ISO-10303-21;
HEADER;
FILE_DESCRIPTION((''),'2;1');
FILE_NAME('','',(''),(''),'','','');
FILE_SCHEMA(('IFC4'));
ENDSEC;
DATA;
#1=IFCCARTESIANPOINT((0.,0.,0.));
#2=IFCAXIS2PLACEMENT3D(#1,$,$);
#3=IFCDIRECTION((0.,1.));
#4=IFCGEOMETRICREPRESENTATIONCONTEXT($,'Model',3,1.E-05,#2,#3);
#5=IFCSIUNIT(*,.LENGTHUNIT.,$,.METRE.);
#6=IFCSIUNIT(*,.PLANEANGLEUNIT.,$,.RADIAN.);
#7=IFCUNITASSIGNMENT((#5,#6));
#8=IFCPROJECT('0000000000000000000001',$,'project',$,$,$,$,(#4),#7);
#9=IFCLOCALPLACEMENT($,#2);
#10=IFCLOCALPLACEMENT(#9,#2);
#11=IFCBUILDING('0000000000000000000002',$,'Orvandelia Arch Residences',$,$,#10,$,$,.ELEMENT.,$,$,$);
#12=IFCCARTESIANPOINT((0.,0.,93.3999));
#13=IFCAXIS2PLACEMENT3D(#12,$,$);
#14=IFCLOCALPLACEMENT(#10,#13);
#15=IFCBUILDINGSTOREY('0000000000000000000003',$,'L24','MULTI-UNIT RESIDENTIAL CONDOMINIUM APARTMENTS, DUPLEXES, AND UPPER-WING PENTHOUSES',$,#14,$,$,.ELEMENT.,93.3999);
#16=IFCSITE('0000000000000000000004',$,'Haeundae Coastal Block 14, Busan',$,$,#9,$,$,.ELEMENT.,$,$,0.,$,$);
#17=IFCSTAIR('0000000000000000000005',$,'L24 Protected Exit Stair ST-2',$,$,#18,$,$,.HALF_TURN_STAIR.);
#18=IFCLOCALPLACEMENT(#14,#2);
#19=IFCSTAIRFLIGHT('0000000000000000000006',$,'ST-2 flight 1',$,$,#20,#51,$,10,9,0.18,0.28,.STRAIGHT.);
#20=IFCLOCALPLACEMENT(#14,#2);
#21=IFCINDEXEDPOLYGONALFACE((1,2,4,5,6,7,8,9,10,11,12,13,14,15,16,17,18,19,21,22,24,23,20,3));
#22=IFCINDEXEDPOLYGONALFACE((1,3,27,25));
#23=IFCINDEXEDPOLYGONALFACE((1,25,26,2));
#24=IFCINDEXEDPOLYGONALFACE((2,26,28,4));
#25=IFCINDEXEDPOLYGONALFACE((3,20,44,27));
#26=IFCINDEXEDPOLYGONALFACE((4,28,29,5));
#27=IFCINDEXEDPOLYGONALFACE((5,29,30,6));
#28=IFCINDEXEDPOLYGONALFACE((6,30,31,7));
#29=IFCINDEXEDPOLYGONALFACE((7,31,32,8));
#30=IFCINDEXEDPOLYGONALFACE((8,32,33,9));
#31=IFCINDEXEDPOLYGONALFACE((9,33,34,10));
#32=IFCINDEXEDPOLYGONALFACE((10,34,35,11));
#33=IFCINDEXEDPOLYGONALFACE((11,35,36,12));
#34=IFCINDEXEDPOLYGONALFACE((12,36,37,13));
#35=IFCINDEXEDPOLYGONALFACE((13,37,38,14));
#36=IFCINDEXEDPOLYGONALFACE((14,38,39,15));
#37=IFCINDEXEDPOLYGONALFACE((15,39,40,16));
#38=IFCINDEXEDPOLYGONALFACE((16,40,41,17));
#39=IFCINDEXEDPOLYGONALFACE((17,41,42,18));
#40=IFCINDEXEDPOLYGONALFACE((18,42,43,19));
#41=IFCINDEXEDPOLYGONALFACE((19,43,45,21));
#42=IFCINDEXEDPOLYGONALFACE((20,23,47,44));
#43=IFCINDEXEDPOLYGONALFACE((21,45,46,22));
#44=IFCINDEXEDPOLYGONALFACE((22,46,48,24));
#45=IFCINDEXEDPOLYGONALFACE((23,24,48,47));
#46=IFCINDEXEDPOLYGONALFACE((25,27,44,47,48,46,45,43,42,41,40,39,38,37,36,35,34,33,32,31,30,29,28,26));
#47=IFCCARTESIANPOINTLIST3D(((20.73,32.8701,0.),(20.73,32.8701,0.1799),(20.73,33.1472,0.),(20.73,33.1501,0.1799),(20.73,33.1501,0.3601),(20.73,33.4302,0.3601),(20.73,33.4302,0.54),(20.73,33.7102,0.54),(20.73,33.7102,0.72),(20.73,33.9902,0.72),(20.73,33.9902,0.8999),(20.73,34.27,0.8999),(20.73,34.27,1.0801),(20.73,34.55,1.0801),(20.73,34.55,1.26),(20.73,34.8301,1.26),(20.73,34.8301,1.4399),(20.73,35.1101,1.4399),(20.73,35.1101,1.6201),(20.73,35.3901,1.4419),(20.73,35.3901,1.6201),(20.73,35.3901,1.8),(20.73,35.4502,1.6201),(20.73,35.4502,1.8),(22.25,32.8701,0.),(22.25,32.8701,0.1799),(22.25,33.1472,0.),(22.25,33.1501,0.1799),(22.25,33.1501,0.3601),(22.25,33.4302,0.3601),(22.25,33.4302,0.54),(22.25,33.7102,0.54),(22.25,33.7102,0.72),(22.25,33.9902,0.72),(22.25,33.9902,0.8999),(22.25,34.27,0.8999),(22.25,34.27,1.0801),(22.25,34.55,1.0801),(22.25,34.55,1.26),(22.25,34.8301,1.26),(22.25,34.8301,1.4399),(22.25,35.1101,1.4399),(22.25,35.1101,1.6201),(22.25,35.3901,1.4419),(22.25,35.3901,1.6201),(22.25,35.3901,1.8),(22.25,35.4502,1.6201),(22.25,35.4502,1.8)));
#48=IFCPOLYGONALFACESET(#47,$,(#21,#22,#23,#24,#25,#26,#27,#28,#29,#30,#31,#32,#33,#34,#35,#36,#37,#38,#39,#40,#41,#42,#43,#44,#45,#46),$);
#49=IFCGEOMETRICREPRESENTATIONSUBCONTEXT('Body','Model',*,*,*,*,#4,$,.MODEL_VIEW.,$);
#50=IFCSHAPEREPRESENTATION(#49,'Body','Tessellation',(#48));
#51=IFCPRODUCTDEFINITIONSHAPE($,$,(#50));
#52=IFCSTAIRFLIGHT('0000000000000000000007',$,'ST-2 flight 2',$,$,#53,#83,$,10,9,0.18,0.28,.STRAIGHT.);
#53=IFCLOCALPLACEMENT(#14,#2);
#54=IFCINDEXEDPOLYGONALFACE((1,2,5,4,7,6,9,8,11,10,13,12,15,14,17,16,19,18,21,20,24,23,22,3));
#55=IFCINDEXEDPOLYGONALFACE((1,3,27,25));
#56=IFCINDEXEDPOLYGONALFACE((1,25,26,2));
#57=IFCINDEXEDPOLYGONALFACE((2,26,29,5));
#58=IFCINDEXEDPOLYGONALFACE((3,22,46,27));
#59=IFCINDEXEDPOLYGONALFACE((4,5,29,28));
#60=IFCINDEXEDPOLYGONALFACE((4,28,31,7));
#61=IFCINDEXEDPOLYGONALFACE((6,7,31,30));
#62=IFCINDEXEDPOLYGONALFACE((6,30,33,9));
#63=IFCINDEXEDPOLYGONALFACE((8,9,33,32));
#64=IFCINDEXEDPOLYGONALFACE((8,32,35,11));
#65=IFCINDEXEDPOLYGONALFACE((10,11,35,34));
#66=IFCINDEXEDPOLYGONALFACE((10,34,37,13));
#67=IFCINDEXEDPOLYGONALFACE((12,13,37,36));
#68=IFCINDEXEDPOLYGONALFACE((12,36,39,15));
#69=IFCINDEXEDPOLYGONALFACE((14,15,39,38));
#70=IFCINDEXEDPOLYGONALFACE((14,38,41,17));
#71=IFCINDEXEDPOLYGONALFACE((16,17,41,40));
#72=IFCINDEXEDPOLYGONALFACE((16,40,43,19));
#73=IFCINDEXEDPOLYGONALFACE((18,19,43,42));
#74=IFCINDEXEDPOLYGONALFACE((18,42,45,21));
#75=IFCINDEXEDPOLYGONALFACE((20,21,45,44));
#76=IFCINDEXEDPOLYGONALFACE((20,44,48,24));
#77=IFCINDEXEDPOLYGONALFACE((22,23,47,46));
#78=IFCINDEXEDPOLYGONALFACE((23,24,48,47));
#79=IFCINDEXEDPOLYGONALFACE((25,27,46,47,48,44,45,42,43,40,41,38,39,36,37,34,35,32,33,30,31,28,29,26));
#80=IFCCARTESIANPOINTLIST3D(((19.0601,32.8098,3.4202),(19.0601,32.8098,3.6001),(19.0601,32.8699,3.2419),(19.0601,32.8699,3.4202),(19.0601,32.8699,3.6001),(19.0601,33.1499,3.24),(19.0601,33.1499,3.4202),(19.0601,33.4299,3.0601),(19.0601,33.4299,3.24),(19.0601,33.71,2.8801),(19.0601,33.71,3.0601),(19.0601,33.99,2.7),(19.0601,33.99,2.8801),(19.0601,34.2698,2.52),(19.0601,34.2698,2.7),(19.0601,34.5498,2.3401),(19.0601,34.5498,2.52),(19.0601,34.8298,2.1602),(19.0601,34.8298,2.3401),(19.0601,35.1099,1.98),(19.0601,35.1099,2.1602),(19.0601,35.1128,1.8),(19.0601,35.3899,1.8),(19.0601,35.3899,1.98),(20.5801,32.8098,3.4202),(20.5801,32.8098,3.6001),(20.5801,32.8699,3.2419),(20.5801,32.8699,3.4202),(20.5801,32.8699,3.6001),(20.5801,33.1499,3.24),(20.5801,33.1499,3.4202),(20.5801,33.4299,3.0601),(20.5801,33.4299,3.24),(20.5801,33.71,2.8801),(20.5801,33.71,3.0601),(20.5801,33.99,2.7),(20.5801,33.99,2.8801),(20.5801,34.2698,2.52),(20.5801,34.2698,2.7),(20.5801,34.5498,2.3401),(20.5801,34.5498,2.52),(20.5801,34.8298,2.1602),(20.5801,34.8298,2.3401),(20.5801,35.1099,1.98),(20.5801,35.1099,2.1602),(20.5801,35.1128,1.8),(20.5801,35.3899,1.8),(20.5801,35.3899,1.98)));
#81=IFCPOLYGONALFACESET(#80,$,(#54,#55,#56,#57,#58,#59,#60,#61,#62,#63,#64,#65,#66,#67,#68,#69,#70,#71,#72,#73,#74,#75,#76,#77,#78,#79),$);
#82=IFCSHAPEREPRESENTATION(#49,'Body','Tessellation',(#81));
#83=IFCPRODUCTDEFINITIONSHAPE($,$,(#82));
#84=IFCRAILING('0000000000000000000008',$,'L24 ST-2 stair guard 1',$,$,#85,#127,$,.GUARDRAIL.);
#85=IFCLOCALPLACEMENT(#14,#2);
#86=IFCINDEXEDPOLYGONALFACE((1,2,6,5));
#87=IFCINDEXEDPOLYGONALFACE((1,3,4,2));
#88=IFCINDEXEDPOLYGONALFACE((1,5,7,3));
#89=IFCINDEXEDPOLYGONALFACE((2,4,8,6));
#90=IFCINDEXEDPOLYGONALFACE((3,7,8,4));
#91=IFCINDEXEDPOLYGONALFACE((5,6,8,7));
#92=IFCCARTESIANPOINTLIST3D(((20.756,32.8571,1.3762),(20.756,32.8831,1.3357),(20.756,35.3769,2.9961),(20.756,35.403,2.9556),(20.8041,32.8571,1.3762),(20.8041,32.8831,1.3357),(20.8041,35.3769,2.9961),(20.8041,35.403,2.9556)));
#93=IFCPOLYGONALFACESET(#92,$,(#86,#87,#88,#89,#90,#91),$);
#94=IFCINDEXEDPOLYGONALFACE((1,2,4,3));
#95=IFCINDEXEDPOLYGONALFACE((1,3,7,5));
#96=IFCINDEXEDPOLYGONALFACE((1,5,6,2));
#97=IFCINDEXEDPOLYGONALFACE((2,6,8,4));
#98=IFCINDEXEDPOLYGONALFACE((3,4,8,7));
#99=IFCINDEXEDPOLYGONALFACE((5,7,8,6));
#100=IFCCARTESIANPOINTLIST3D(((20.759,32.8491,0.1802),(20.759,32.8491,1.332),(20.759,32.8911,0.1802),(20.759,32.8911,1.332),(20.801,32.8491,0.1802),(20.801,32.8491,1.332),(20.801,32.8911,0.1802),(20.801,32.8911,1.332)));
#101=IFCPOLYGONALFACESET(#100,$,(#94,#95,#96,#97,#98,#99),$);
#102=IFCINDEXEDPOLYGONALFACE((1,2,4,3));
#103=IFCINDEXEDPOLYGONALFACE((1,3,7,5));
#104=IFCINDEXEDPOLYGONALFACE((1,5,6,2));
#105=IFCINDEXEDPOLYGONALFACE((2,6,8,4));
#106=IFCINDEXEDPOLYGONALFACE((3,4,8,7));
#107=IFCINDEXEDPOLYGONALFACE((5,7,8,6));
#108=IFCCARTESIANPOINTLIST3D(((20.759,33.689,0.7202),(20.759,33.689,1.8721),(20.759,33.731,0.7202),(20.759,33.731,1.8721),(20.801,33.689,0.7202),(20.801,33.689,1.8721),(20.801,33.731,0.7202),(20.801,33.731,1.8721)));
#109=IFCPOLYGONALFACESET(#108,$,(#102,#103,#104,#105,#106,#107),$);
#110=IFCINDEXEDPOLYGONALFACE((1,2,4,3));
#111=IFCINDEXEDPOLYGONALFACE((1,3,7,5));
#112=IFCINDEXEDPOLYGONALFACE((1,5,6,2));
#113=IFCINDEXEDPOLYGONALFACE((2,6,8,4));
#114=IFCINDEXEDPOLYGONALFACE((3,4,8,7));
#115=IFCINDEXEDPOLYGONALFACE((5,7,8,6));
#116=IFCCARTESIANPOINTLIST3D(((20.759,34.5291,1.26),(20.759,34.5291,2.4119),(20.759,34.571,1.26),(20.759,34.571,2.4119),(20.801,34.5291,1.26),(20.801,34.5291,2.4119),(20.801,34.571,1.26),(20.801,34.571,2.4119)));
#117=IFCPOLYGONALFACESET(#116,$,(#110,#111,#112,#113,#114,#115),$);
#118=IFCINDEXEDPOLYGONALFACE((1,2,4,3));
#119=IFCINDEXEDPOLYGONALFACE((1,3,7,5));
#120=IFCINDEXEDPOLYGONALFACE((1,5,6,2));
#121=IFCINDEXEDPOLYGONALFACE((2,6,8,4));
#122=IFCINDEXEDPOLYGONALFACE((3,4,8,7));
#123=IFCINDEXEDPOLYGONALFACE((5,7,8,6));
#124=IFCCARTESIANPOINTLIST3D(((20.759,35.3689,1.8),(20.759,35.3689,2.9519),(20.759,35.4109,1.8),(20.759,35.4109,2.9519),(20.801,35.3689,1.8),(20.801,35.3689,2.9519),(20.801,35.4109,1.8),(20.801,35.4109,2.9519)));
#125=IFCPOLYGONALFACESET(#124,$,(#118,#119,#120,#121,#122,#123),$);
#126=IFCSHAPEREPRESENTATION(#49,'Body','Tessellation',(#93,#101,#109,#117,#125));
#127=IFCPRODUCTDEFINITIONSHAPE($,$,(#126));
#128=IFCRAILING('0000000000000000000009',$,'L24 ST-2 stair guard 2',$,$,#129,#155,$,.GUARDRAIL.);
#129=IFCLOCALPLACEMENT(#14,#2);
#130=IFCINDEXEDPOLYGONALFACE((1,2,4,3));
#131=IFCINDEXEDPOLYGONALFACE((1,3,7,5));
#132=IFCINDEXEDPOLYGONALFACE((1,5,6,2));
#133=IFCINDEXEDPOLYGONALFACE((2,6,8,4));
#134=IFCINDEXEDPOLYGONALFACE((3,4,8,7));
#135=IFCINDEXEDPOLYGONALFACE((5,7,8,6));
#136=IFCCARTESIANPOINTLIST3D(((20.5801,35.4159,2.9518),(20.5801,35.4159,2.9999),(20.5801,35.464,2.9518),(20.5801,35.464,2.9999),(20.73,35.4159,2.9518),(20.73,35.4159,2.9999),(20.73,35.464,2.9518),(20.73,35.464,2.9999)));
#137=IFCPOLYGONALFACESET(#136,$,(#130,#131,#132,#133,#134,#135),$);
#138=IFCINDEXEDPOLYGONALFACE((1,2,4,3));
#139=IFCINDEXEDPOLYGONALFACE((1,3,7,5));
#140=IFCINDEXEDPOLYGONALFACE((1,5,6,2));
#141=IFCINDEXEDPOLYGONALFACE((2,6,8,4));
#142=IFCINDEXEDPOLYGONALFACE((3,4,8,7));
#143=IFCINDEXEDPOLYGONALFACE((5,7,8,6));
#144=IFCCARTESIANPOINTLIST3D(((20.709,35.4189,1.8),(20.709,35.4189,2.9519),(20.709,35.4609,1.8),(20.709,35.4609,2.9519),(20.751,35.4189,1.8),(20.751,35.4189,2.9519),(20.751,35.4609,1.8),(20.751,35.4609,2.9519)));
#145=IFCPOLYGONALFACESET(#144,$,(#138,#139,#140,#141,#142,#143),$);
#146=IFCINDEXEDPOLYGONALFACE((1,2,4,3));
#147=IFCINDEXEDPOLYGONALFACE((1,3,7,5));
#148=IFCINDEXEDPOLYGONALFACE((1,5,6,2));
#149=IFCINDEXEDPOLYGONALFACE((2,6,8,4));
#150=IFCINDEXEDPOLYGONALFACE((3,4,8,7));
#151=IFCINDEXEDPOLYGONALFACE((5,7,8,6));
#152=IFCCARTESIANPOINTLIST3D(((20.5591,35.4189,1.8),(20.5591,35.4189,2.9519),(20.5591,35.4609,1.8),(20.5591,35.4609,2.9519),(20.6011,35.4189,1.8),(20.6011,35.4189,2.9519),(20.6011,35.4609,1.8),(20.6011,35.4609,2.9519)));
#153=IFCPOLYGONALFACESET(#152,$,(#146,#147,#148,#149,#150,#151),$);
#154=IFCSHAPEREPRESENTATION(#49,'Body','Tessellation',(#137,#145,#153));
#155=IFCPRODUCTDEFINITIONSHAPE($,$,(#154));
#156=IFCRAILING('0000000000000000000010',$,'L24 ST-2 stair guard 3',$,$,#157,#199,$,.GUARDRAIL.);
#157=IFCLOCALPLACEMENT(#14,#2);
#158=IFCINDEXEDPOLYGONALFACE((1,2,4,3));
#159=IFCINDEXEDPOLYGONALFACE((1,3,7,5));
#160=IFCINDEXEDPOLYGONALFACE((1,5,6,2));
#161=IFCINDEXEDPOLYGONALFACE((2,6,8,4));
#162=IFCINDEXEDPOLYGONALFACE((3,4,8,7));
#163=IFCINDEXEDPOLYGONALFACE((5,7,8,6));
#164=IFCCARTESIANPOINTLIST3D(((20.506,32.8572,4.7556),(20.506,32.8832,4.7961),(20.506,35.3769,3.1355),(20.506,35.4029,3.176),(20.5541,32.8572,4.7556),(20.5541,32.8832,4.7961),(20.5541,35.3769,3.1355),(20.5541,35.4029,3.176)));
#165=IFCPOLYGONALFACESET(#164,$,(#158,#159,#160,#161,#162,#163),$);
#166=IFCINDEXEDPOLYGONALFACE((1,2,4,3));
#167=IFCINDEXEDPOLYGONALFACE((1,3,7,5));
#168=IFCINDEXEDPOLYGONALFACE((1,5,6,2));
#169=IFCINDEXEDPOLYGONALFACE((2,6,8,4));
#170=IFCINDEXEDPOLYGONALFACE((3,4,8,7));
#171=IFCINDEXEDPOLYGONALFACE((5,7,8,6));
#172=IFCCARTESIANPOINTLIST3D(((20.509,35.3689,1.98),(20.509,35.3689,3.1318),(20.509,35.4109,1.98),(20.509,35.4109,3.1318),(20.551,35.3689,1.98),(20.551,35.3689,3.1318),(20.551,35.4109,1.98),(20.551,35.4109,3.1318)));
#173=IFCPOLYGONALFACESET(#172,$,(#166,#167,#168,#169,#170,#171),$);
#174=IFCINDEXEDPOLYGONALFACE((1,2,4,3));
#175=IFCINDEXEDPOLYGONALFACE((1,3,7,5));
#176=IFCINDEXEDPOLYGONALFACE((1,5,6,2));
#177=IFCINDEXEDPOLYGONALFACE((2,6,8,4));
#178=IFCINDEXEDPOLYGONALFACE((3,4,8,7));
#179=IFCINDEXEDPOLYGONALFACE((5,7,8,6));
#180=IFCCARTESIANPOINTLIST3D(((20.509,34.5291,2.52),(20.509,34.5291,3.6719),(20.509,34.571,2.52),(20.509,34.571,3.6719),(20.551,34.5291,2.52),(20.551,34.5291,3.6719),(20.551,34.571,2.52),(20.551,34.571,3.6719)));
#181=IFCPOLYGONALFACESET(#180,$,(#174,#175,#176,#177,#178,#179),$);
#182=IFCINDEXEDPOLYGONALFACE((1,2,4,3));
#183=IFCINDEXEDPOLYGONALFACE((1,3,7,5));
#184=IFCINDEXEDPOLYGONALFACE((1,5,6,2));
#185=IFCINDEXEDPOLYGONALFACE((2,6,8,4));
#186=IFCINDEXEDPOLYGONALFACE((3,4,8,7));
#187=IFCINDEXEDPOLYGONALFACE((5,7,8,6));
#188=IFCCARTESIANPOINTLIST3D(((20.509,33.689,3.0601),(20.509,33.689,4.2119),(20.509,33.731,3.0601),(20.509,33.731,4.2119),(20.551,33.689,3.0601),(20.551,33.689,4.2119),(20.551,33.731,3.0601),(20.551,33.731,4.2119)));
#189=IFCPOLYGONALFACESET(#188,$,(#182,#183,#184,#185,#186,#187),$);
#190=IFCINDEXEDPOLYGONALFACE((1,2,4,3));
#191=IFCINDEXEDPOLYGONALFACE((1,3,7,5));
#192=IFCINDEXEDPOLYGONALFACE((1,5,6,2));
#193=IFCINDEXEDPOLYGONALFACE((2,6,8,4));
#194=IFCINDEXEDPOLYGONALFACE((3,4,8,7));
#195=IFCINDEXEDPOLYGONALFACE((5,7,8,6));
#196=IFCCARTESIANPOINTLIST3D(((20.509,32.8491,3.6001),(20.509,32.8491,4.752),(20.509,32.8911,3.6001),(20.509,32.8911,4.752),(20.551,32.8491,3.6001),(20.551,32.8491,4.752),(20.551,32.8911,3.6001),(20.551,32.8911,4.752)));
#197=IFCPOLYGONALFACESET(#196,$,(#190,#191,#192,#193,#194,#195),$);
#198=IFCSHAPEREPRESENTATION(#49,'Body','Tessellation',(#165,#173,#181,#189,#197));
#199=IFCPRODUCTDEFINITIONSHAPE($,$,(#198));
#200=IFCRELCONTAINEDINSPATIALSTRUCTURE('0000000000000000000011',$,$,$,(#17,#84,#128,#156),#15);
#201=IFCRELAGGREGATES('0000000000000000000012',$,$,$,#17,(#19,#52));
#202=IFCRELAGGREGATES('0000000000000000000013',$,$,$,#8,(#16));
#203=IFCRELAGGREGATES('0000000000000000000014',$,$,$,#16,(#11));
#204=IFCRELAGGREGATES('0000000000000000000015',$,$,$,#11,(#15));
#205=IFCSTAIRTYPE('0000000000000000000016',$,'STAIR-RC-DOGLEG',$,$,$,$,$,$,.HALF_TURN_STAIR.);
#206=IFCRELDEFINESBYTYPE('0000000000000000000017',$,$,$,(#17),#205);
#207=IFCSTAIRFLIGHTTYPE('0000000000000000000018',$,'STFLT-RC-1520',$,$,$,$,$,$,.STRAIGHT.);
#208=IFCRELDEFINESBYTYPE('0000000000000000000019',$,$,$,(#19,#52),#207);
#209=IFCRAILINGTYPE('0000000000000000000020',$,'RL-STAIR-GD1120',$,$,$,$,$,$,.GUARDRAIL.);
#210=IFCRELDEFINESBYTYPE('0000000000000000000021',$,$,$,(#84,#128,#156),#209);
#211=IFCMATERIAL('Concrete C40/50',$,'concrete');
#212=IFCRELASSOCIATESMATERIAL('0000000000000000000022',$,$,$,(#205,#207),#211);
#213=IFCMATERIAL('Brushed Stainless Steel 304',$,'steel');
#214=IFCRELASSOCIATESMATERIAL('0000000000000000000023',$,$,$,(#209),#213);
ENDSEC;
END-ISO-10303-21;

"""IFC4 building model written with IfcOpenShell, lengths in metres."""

from ifc_helpers import new_model, si_unit, direction, frame, origin, origin_2d, place, context, subcontext, project, spatial, polyline, rectangle, outline, extrude, material, type_object, element, aggregate, save


model = new_model("IFC4")

# Units and contexts
model_context = context("Model", 3, precision=1e-05, world=origin(), true_north=direction((0.0, 1.0)))
body_context = subcontext(model_context, "Body", "Model", "MODEL_VIEW")
ifc_project = project(units=[si_unit("LENGTHUNIT", "METRE"), si_unit("PLANEANGLEUNIT", "RADIAN")], contexts=[model_context])

# Site, building, storey
site_placement = place(None, origin())
site = spatial("IfcSite", under=ifc_project, at=site_placement, Name="Haeundae Coastal Block 14, Busan", CompositionType="ELEMENT", RefElevation=0.0)
building_placement = place(site_placement, origin())
building = spatial("IfcBuilding", under=site, at=building_placement, Name="Orvandelia Arch Residences", CompositionType="ELEMENT")
storey_placement = place(building_placement, frame((0.0, 0.0, 93.3999)))
storey = spatial("IfcBuildingStorey", under=building, at=storey_placement, Name="L24", Description="MULTI-UNIT RESIDENTIAL CONDOMINIUM APARTMENTS, DUPLEXES, AND UPPER-WING PENTHOUSES", CompositionType="ELEMENT", Elevation=93.3999)

# Stair, stair flights
ifc_material_1 = material(Name="Concrete C40/50", Category="concrete")
stair_type = type_object("IfcStairType", Name="STAIR-RC-DOGLEG", PredefinedType="HALF_TURN_STAIR", material=ifc_material_1)
stair_placement = place(storey_placement, origin())
stair = element("IfcStair", 1, at=stair_placement, inside=storey, type_object=stair_type, Name="L24 Protected Exit Stair ST-2", PredefinedType="HALF_TURN_STAIR")
stair_flight_type = type_object("IfcStairFlightType", Name="STFLT-RC-1520", PredefinedType="STRAIGHT", material=ifc_material_1)
stair_flight_1_placement = place(storey_placement, frame((21.49, 32.8701, 0.0), z_axis=(0.0, 0.0, 1.0), x_axis=(0.0, 1.0, 0.0)))
stair_flight_1 = element("IfcStairFlight", 2, at=stair_flight_1_placement, type_object=stair_flight_type, Name="ST-2 flight 1", NumberOfRisers=10, NumberOfTreads=9, PredefinedType="STRAIGHT", RiserHeight=0.18, TreadLength=0.28, context=body_context, shape_type="SweptSolid", body=[
    extrude(outline(polyline([(0.0, 0.0), (0.0, 0.1799), (0.28, 0.1799), (0.28, 0.3601), (0.5601, 0.3601), (0.5601, 0.54), (0.8401, 0.54), (0.8401, 0.72), (1.1201, 0.72), (1.1201, 0.8999), (1.3999, 0.8999), (1.3999, 1.0801), (1.6799, 1.0801), (1.6799, 1.26), (1.96, 1.26), (1.96, 1.4399), (2.24, 1.4399), (2.24, 1.6201), (2.52, 1.6201), (2.52, 1.8), (2.5801, 1.8), (2.5801, 1.6201), (2.52, 1.4419), (0.2771, 0.0), (0.0, 0.0)])), frame((0.0, 0.76, 0.0), z_axis=(0.0, -1.0, 0.0), x_axis=(1.0, 0.0, 0.0)), (0.0, 0.0, 1.0), 1.52),
])
stair_flight_2_placement = place(storey_placement, frame((19.8201, 35.3899, 1.8), z_axis=(0.0, 0.0, 1.0), x_axis=(0.0, -1.0, 0.0)))
stair_flight_2 = element("IfcStairFlight", 3, at=stair_flight_2_placement, type_object=stair_flight_type, Name="ST-2 flight 2", NumberOfRisers=10, NumberOfTreads=9, PredefinedType="STRAIGHT", RiserHeight=0.18, TreadLength=0.28, context=body_context, shape_type="SweptSolid", body=[
    extrude(outline(polyline([(0.0, 0.0), (0.0, 0.1799), (0.28, 0.1799), (0.28, 0.3601), (0.5601, 0.3601), (0.5601, 0.54), (0.8401, 0.54), (0.8401, 0.72), (1.1201, 0.72), (1.1201, 0.8999), (1.3999, 0.8999), (1.3999, 1.0801), (1.6799, 1.0801), (1.6799, 1.26), (1.96, 1.26), (1.96, 1.4399), (2.24, 1.4399), (2.24, 1.6201), (2.52, 1.6201), (2.52, 1.8), (2.5801, 1.8), (2.5801, 1.6201), (2.52, 1.4419), (0.2771, 0.0), (0.0, 0.0)])), frame((0.0, 0.76, 0.0), z_axis=(0.0, -1.0, 0.0), x_axis=(1.0, 0.0, 0.0)), (0.0, 0.0, 1.0), 1.52),
])
aggregate(stair, [stair_flight_1, stair_flight_2])

# Railings
ifc_material_2 = material(Name="Brushed Stainless Steel 304", Category="steel")
railing_type_1 = type_object("IfcRailingType", Name="RL-STAIR-GD1120", PredefinedType="GUARDRAIL", material=ifc_material_2)
railing_1_placement = place(storey_placement, frame((20.78, 32.8701, 0.1802)))
element("IfcRailing", 4, at=railing_1_placement, inside=storey, type_object=railing_type_1, Name="L24 ST-2 stair guard 1", PredefinedType="GUARDRAIL", context=body_context, shape_type="SweptSolid", body=[
    extrude(rectangle(XDim=0.0481, YDim=0.0481, at=origin_2d()), frame((0.0, 0.0, 1.1758), z_axis=(0.0, 0.841176, 0.540762), x_axis=(-1.0, 0.0, 0.0)), (0.0, 0.0, 1.0), 2.9956),
    extrude(rectangle(XDim=0.042, YDim=0.042, at=origin_2d()), origin(), (0.0, 0.0, 1.0), 1.1519),
    extrude(rectangle(XDim=0.042, YDim=0.042, at=origin_2d()), frame((0.0, 0.8398, 0.54)), (0.0, 0.0, 1.0), 1.1519),
    extrude(rectangle(XDim=0.042, YDim=0.042, at=origin_2d()), frame((0.0, 1.6799, 1.0798)), (0.0, 0.0, 1.0), 1.1519),
    extrude(rectangle(XDim=0.042, YDim=0.042, at=origin_2d()), frame((0.0, 2.5198, 1.6199)), (0.0, 0.0, 1.0), 1.1519),
])
railing_2_placement = place(storey_placement, frame((20.73, 35.4399, 1.8)))
element("IfcRailing", 5, at=railing_2_placement, inside=storey, type_object=railing_type_1, Name="L24 ST-2 stair guard 2", PredefinedType="GUARDRAIL", context=body_context, shape_type="SweptSolid", body=[
    extrude(rectangle(XDim=0.0481, YDim=0.0481, at=origin_2d()), frame((0.0, 0.0, 1.1758), z_axis=(-1.0, 0.0, 0.0), x_axis=(0.0, -1.0, 0.0)), (0.0, 0.0, 1.0), 0.1499),
    extrude(rectangle(XDim=0.042, YDim=0.042, at=origin_2d()), origin(), (0.0, 0.0, 1.0), 1.1519),
    extrude(rectangle(XDim=0.042, YDim=0.042, at=origin_2d()), frame((-0.1499, 0.0, 0.0)), (0.0, 0.0, 1.0), 1.1519),
])
railing_3_placement = place(storey_placement, frame((20.53, 35.3899, 1.98)))
element("IfcRailing", 6, at=railing_3_placement, inside=storey, type_object=railing_type_1, Name="L24 ST-2 stair guard 3", PredefinedType="GUARDRAIL", context=body_context, shape_type="SweptSolid", body=[
    extrude(rectangle(XDim=0.0481, YDim=0.0481, at=origin_2d()), frame((0.0, 0.0, 1.1758), z_axis=(0.0, -0.841139, 0.540819), x_axis=(1.0, 0.0, 0.0)), (0.0, 0.0, 1.0), 2.9956),
    extrude(rectangle(XDim=0.042, YDim=0.042, at=origin_2d()), origin(), (0.0, 0.0, 1.0), 1.1519),
    extrude(rectangle(XDim=0.042, YDim=0.042, at=origin_2d()), frame((0.0, -0.8398, 0.54)), (0.0, 0.0, 1.0), 1.1519),
    extrude(rectangle(XDim=0.042, YDim=0.042, at=origin_2d()), frame((0.0, -1.6799, 1.0801)), (0.0, 0.0, 1.0), 1.1519),
    extrude(rectangle(XDim=0.042, YDim=0.042, at=origin_2d()), frame((0.0, -2.5198, 1.6201)), (0.0, 0.0, 1.0), 1.1519),
])

save(model, "model.ifc")
